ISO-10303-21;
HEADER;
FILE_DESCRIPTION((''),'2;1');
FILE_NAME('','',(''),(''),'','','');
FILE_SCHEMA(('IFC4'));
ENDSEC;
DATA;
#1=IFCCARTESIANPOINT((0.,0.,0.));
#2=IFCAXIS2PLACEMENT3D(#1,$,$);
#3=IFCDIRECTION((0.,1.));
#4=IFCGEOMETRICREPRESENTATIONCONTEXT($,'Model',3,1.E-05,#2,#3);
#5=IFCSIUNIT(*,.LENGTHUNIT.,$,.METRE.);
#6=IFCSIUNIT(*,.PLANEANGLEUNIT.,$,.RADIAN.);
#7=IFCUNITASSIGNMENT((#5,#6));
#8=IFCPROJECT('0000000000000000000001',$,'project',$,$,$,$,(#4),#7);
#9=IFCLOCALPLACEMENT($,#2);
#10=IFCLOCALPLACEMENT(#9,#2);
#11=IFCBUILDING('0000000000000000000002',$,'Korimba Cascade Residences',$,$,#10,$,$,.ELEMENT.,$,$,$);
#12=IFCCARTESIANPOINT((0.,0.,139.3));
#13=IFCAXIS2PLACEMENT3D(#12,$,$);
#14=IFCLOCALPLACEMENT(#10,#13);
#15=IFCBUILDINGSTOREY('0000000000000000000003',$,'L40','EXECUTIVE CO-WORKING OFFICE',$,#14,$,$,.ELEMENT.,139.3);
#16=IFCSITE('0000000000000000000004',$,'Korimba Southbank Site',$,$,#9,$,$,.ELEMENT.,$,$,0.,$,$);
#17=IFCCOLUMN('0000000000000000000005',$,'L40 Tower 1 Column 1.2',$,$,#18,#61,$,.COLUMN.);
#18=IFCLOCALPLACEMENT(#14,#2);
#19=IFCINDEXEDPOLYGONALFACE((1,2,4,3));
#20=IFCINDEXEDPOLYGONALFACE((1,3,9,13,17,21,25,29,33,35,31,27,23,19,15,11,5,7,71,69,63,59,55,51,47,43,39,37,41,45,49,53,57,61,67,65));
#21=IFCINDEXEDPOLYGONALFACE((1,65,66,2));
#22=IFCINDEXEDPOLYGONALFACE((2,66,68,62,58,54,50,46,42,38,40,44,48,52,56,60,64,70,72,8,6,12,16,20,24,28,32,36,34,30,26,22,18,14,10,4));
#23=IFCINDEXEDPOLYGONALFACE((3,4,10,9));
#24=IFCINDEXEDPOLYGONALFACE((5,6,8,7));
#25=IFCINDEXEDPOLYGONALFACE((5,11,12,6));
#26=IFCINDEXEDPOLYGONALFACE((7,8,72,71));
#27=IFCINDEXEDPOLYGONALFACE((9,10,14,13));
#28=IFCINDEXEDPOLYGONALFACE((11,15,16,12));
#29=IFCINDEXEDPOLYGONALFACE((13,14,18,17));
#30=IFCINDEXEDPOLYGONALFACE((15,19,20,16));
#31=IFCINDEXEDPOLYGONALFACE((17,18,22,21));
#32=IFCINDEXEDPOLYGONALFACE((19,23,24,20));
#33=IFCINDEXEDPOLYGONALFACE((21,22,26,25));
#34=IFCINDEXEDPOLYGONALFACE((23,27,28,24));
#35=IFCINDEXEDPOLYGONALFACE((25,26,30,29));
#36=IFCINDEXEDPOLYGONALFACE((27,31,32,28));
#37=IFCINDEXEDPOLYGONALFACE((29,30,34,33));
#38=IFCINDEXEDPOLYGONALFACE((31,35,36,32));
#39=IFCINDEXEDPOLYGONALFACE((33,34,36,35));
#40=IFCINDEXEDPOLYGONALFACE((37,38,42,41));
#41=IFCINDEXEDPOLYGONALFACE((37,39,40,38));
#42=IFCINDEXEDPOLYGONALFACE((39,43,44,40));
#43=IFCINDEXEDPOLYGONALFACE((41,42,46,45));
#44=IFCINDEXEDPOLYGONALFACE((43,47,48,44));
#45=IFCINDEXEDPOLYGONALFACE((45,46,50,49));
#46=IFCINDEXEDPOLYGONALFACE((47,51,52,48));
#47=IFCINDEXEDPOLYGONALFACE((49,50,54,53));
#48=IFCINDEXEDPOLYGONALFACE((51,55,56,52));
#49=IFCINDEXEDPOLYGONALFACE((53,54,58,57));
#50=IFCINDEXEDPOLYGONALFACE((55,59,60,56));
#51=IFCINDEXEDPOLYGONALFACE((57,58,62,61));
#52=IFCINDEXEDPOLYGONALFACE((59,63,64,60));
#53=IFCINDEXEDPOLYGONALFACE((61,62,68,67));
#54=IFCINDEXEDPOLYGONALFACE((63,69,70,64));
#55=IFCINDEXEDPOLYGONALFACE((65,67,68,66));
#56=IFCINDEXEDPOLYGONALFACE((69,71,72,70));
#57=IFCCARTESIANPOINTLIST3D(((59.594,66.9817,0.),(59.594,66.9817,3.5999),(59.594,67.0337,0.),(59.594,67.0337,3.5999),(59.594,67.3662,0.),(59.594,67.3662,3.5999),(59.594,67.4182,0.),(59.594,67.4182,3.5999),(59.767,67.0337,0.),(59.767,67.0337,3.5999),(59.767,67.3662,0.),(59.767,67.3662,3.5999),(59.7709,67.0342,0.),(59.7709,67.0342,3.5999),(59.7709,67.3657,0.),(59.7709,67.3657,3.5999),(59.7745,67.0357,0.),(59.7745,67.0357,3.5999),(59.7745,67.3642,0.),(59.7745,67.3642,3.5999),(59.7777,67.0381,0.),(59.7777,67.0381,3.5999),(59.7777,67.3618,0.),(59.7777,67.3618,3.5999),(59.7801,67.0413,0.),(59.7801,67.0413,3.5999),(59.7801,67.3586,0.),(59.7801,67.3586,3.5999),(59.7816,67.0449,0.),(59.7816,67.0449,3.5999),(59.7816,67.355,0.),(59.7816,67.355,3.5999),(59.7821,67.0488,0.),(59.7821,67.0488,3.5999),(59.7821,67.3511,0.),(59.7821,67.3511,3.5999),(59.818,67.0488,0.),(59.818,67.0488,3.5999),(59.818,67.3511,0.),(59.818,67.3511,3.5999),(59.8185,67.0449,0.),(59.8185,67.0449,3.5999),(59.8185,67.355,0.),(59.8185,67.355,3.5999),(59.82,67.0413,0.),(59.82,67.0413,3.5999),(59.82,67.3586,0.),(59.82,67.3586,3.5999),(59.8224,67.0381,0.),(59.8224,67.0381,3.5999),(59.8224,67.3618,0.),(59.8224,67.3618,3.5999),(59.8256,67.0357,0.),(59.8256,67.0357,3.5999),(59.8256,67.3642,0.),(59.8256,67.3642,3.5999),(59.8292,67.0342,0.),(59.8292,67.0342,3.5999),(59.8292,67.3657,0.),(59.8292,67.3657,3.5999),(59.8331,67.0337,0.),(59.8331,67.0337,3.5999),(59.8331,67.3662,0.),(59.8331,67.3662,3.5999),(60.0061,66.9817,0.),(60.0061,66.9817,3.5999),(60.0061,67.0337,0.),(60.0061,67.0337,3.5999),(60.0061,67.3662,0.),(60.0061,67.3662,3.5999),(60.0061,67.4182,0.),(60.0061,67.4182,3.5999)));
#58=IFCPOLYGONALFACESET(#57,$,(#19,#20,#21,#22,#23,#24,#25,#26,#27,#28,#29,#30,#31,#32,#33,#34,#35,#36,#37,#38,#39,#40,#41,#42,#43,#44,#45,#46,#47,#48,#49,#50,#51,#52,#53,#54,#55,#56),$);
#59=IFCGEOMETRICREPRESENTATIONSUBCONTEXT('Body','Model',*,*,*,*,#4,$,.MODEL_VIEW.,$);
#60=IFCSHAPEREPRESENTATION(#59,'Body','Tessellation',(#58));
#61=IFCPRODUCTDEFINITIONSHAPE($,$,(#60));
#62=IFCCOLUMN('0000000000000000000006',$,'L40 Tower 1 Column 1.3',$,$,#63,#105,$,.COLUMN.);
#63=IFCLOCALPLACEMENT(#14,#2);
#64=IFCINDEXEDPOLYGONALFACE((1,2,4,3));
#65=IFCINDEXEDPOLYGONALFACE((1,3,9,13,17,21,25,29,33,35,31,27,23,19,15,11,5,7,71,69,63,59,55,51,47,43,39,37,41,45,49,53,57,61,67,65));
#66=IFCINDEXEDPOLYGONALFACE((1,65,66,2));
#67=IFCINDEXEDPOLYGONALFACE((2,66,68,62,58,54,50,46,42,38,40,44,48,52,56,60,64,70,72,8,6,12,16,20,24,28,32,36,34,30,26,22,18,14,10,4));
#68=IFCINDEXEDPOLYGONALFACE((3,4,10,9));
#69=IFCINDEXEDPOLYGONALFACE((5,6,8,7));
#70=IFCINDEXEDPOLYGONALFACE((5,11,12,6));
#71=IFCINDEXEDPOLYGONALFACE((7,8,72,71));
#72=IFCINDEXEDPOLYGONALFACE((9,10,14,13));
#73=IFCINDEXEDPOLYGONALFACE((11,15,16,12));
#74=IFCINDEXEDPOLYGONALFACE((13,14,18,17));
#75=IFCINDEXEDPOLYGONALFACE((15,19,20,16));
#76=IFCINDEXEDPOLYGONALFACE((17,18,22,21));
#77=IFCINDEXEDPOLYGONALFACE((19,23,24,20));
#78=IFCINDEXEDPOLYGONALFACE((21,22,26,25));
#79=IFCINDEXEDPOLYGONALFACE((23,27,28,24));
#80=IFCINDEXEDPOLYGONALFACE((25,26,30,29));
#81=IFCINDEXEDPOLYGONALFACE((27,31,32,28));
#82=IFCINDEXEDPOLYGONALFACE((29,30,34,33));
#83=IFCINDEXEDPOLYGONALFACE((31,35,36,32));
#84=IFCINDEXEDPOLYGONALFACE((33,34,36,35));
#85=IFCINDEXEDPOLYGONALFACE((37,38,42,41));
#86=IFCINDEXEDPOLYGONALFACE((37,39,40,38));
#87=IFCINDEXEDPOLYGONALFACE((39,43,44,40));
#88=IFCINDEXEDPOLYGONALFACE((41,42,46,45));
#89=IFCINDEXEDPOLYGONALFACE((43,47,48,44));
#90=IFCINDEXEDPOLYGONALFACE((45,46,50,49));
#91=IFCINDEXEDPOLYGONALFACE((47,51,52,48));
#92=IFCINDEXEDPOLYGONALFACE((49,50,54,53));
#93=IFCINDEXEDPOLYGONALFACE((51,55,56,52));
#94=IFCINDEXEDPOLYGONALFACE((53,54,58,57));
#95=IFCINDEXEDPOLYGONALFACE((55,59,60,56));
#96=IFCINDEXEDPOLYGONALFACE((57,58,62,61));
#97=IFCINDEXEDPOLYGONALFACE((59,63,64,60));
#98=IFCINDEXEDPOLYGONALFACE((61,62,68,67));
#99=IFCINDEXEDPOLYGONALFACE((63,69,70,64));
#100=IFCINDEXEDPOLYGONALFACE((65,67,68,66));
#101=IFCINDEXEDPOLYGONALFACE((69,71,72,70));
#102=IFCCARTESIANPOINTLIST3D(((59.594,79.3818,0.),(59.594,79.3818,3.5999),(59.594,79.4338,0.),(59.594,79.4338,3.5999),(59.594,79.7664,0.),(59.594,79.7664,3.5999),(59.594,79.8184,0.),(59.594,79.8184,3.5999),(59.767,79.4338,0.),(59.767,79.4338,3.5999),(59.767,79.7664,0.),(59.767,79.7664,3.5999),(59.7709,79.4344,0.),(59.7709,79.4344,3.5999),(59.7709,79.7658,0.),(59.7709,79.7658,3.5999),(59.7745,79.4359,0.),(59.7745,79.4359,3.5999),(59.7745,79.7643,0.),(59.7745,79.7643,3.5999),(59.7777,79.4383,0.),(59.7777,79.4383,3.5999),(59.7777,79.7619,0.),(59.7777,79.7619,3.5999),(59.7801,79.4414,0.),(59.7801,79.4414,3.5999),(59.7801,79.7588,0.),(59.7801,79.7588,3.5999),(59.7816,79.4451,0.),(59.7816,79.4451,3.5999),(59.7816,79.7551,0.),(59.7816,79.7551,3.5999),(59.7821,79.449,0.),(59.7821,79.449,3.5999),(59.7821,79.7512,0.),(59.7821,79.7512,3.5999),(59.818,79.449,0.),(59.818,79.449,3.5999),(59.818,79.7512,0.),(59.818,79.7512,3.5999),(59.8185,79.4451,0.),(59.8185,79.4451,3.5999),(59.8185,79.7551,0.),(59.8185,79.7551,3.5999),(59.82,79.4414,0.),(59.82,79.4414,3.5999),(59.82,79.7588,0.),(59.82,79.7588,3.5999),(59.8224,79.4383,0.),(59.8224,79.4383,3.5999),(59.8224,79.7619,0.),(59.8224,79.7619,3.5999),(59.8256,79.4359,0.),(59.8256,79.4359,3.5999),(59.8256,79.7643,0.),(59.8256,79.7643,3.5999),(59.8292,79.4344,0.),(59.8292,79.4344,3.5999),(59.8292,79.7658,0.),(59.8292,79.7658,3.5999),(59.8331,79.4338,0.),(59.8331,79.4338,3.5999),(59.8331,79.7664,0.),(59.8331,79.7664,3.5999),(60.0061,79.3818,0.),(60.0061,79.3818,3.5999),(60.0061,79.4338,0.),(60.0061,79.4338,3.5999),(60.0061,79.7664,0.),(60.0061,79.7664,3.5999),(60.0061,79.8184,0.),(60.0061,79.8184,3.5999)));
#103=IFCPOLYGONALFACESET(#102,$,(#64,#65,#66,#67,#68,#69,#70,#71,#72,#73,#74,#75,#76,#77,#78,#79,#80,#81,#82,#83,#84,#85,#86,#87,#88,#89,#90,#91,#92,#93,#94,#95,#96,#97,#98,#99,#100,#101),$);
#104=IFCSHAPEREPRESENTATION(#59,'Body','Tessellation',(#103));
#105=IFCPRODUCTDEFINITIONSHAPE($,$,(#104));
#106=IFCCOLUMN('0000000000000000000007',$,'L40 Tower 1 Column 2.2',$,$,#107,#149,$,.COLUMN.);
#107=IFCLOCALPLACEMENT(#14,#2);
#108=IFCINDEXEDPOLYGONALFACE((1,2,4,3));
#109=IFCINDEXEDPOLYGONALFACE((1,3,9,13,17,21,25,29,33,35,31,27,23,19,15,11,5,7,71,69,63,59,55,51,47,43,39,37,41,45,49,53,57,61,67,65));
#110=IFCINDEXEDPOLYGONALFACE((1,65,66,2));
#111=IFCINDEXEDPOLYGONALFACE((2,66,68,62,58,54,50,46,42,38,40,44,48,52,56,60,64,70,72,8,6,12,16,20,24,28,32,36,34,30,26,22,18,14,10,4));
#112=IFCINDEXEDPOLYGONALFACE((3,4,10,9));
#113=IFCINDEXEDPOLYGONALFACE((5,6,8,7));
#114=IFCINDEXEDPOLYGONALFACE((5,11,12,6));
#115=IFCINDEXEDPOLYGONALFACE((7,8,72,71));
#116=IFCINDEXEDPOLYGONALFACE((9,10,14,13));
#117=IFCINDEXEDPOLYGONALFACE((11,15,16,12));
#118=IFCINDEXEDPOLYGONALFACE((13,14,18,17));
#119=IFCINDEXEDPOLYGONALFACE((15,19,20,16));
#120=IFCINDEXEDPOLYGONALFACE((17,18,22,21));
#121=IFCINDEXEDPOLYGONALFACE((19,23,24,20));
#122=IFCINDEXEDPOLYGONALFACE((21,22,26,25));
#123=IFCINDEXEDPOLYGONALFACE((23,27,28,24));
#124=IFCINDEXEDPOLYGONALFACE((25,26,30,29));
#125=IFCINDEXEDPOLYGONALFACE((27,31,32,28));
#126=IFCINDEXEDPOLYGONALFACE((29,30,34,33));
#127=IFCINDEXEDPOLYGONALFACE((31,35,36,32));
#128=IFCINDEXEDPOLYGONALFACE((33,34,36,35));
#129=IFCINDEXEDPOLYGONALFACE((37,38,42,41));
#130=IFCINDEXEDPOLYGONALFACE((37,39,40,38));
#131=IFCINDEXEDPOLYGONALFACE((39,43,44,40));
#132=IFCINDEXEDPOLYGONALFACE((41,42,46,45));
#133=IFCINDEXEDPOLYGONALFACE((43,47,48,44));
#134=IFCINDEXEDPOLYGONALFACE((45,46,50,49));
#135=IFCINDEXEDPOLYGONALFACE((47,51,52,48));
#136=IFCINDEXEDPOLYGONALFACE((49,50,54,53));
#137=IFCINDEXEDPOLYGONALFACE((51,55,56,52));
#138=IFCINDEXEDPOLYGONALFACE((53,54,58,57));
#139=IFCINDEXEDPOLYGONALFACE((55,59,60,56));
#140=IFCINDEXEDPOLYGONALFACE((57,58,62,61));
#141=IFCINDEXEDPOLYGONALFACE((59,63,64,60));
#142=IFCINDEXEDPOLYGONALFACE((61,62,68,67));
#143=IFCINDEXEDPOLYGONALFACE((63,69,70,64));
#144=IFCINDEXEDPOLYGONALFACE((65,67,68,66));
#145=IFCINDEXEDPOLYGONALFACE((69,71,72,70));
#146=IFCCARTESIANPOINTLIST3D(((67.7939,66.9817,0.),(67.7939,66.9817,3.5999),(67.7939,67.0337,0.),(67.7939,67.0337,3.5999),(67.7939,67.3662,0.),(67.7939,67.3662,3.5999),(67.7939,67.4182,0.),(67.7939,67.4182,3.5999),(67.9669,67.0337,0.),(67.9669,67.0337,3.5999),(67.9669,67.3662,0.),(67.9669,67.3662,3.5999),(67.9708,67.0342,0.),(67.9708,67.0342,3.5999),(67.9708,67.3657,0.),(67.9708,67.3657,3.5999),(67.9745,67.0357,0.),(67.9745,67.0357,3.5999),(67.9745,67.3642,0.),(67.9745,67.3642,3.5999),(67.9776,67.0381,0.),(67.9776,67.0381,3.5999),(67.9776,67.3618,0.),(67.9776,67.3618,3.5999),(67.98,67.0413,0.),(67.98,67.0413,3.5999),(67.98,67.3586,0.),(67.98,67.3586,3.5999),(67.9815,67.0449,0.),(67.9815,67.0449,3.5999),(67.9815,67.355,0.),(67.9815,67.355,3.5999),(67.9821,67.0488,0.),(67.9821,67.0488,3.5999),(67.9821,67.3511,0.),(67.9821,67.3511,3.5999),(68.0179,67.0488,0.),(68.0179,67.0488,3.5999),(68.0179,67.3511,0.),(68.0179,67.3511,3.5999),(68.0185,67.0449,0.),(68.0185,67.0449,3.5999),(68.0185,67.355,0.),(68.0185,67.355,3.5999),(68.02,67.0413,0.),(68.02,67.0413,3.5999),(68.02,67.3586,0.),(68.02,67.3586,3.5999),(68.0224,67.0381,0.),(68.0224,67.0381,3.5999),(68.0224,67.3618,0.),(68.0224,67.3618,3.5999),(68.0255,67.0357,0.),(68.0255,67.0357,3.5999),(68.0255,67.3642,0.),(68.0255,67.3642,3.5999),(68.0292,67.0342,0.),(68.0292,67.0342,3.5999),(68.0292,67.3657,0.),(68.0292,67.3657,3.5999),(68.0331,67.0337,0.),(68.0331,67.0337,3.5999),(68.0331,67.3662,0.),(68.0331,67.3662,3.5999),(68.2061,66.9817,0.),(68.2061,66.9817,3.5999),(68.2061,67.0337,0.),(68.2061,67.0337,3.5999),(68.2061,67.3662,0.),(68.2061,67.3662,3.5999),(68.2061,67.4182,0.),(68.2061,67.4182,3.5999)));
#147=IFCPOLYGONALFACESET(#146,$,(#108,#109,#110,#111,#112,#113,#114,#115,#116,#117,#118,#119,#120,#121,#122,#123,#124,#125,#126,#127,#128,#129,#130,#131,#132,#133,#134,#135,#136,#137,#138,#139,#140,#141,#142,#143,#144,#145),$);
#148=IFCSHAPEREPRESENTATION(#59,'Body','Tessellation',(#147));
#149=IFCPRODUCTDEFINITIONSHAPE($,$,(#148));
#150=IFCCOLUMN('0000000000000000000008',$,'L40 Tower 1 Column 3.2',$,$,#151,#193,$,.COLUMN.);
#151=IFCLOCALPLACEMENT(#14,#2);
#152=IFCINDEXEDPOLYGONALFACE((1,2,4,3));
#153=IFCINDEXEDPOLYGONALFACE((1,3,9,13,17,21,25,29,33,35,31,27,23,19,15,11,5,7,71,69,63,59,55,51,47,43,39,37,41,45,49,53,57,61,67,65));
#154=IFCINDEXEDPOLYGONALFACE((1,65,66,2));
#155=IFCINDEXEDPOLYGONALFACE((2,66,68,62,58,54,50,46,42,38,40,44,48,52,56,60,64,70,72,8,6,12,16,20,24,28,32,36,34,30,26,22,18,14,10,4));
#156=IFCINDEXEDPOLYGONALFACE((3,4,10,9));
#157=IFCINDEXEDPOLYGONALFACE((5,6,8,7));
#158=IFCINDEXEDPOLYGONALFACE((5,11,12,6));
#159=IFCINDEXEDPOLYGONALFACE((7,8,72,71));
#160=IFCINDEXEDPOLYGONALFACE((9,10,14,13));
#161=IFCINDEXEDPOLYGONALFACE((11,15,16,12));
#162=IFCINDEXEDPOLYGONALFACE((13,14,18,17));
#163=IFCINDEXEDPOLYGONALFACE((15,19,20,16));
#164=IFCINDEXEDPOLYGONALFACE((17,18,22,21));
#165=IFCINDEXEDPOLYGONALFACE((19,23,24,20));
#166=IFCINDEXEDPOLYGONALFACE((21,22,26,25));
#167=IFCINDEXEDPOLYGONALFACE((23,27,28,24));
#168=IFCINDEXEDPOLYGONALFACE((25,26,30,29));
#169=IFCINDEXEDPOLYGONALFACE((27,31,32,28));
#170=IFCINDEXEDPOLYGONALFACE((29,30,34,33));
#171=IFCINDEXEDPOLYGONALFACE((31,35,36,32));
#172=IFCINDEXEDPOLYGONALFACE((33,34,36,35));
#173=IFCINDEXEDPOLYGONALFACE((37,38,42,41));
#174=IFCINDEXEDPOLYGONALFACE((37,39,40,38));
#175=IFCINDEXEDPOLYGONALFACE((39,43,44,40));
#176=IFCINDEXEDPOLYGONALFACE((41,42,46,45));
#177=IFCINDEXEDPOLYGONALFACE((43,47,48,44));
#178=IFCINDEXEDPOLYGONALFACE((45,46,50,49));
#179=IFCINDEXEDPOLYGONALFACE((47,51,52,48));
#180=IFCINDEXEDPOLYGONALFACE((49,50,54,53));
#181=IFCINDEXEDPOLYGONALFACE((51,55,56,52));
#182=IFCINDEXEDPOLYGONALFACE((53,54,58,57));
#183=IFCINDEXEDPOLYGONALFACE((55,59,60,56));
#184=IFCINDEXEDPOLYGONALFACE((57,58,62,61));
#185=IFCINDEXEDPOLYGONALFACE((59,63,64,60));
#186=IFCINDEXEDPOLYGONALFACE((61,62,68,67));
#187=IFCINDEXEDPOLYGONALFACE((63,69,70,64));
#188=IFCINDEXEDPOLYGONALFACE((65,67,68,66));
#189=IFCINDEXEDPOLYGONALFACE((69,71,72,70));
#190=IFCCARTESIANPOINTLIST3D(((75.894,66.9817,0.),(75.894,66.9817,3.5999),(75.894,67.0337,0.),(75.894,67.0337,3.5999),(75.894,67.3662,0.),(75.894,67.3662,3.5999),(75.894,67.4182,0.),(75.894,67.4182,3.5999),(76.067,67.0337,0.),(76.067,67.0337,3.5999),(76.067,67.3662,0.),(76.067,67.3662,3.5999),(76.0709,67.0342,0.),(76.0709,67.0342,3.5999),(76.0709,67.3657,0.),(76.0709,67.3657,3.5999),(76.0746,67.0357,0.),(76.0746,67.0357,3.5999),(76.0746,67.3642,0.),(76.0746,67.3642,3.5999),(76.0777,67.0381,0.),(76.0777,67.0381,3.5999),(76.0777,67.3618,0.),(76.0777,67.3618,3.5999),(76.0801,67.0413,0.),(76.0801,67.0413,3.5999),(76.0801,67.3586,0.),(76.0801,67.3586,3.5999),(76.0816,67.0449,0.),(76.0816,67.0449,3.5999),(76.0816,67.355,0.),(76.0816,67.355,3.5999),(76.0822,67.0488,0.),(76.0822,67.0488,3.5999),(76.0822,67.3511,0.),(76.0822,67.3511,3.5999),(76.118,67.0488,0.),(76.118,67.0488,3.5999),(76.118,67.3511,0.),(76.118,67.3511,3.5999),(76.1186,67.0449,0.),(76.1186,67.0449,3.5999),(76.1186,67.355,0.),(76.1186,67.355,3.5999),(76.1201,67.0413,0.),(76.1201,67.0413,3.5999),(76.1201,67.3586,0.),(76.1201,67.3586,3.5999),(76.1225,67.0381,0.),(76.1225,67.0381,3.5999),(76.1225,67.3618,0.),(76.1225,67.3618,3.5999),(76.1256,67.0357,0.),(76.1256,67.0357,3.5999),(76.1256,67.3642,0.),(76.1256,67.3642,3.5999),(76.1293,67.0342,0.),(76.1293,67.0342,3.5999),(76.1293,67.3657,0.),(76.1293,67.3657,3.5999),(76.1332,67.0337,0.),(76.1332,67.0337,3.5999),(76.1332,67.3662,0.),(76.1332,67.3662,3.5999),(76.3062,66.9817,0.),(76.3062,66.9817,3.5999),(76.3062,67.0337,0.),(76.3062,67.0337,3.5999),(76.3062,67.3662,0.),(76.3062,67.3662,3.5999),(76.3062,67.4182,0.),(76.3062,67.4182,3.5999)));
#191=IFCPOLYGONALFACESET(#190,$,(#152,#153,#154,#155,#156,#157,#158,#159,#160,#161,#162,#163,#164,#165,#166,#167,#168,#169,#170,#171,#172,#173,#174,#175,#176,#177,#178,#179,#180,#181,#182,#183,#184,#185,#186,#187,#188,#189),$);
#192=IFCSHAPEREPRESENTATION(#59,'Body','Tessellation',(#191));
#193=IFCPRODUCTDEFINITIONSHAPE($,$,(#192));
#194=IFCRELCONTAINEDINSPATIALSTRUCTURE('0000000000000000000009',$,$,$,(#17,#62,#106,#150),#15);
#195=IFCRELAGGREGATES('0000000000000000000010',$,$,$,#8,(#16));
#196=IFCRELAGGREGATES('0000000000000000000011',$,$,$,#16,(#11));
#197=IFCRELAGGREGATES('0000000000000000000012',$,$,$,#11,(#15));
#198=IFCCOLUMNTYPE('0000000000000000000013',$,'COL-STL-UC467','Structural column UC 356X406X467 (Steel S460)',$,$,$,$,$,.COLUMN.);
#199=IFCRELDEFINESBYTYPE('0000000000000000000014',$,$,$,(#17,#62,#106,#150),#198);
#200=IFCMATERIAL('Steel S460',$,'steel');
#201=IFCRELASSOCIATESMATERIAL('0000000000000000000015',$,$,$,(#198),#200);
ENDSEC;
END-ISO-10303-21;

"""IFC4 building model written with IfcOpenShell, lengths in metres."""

from ifc_helpers import new_model, si_unit, direction, frame, origin, origin_2d, place, context, subcontext, project, spatial, i_section, extrude, material, material_profile, profile_set, type_object, element, save


model = new_model("IFC4")

# Units and contexts
model_context = context("Model", 3, precision=1e-05, world=origin(), true_north=direction((0.0, 1.0)))
body_context = subcontext(model_context, "Body", "Model", "MODEL_VIEW")
ifc_project = project(units=[si_unit("LENGTHUNIT", "METRE"), si_unit("PLANEANGLEUNIT", "RADIAN")], contexts=[model_context])

# Site, building, storey
site_placement = place(None, origin())
site = spatial("IfcSite", under=ifc_project, at=site_placement, Name="Korimba Southbank Site", CompositionType="ELEMENT", RefElevation=0.0)
building_placement = place(site_placement, origin())
building = spatial("IfcBuilding", under=site, at=building_placement, Name="Korimba Cascade Residences", CompositionType="ELEMENT")
storey_placement = place(building_placement, frame((0.0, 0.0, 139.3)))
storey = spatial("IfcBuildingStorey", under=building, at=storey_placement, Name="L40", Description="EXECUTIVE CO-WORKING OFFICE", CompositionType="ELEMENT", Elevation=139.3)

# Columns
ifc_material_1 = material(Name="Steel S460", Category="steel")
ifc_material_profile_1 = material_profile(ifc_material_1, i_section(OverallWidth=0.4121, OverallDepth=0.4365, WebThickness=0.0359, FlangeThickness=0.052, FilletRadius=0.0151, at=origin_2d()), Name="Steel S460")
ifc_profile_set_1 = profile_set([ifc_material_profile_1], Name="Steel S460")
column_type = type_object("IfcColumnType", Name="COL-STL-UC467", Description="Structural column UC 356X406X467 (Steel S460)", PredefinedType="COLUMN", material=ifc_profile_set_1)
for number, where, z_axis, x_axis, name in (
    (1, (59.8, 67.2, 0.0), (0.0, 0.0, 1.0), (1.0, 0.0, 0.0), "L40 Tower 1 Column 1.2"),
    (2, (59.8, 79.6001, 0.0), (0.0, 0.0, 1.0), (1.0, 0.0, 0.0), "L40 Tower 1 Column 1.3"),
    (3, (68.0, 67.2, 0.0), (0.0, 0.0, 1.0), (1.0, 0.0, 0.0), "L40 Tower 1 Column 2.2"),
    (4, (76.1001, 67.2, 0.0), (0.0, 0.0, 1.0), (1.0, 0.0, 0.0), "L40 Tower 1 Column 3.2"),
):
    element("IfcColumn", number, at=place(storey_placement, frame(where, z_axis=z_axis, x_axis=x_axis)), inside=storey, type_object=column_type, Name=name, PredefinedType="COLUMN", context=body_context, shape_type="SweptSolid", body=[
        extrude(i_section(OverallWidth=0.4121, OverallDepth=0.4365, WebThickness=0.0359, FlangeThickness=0.052, FilletRadius=0.0151, at=origin_2d()), origin(), (0.0, 0.0, 1.0), 3.5999),
    ])

save(model, "model.ifc")
